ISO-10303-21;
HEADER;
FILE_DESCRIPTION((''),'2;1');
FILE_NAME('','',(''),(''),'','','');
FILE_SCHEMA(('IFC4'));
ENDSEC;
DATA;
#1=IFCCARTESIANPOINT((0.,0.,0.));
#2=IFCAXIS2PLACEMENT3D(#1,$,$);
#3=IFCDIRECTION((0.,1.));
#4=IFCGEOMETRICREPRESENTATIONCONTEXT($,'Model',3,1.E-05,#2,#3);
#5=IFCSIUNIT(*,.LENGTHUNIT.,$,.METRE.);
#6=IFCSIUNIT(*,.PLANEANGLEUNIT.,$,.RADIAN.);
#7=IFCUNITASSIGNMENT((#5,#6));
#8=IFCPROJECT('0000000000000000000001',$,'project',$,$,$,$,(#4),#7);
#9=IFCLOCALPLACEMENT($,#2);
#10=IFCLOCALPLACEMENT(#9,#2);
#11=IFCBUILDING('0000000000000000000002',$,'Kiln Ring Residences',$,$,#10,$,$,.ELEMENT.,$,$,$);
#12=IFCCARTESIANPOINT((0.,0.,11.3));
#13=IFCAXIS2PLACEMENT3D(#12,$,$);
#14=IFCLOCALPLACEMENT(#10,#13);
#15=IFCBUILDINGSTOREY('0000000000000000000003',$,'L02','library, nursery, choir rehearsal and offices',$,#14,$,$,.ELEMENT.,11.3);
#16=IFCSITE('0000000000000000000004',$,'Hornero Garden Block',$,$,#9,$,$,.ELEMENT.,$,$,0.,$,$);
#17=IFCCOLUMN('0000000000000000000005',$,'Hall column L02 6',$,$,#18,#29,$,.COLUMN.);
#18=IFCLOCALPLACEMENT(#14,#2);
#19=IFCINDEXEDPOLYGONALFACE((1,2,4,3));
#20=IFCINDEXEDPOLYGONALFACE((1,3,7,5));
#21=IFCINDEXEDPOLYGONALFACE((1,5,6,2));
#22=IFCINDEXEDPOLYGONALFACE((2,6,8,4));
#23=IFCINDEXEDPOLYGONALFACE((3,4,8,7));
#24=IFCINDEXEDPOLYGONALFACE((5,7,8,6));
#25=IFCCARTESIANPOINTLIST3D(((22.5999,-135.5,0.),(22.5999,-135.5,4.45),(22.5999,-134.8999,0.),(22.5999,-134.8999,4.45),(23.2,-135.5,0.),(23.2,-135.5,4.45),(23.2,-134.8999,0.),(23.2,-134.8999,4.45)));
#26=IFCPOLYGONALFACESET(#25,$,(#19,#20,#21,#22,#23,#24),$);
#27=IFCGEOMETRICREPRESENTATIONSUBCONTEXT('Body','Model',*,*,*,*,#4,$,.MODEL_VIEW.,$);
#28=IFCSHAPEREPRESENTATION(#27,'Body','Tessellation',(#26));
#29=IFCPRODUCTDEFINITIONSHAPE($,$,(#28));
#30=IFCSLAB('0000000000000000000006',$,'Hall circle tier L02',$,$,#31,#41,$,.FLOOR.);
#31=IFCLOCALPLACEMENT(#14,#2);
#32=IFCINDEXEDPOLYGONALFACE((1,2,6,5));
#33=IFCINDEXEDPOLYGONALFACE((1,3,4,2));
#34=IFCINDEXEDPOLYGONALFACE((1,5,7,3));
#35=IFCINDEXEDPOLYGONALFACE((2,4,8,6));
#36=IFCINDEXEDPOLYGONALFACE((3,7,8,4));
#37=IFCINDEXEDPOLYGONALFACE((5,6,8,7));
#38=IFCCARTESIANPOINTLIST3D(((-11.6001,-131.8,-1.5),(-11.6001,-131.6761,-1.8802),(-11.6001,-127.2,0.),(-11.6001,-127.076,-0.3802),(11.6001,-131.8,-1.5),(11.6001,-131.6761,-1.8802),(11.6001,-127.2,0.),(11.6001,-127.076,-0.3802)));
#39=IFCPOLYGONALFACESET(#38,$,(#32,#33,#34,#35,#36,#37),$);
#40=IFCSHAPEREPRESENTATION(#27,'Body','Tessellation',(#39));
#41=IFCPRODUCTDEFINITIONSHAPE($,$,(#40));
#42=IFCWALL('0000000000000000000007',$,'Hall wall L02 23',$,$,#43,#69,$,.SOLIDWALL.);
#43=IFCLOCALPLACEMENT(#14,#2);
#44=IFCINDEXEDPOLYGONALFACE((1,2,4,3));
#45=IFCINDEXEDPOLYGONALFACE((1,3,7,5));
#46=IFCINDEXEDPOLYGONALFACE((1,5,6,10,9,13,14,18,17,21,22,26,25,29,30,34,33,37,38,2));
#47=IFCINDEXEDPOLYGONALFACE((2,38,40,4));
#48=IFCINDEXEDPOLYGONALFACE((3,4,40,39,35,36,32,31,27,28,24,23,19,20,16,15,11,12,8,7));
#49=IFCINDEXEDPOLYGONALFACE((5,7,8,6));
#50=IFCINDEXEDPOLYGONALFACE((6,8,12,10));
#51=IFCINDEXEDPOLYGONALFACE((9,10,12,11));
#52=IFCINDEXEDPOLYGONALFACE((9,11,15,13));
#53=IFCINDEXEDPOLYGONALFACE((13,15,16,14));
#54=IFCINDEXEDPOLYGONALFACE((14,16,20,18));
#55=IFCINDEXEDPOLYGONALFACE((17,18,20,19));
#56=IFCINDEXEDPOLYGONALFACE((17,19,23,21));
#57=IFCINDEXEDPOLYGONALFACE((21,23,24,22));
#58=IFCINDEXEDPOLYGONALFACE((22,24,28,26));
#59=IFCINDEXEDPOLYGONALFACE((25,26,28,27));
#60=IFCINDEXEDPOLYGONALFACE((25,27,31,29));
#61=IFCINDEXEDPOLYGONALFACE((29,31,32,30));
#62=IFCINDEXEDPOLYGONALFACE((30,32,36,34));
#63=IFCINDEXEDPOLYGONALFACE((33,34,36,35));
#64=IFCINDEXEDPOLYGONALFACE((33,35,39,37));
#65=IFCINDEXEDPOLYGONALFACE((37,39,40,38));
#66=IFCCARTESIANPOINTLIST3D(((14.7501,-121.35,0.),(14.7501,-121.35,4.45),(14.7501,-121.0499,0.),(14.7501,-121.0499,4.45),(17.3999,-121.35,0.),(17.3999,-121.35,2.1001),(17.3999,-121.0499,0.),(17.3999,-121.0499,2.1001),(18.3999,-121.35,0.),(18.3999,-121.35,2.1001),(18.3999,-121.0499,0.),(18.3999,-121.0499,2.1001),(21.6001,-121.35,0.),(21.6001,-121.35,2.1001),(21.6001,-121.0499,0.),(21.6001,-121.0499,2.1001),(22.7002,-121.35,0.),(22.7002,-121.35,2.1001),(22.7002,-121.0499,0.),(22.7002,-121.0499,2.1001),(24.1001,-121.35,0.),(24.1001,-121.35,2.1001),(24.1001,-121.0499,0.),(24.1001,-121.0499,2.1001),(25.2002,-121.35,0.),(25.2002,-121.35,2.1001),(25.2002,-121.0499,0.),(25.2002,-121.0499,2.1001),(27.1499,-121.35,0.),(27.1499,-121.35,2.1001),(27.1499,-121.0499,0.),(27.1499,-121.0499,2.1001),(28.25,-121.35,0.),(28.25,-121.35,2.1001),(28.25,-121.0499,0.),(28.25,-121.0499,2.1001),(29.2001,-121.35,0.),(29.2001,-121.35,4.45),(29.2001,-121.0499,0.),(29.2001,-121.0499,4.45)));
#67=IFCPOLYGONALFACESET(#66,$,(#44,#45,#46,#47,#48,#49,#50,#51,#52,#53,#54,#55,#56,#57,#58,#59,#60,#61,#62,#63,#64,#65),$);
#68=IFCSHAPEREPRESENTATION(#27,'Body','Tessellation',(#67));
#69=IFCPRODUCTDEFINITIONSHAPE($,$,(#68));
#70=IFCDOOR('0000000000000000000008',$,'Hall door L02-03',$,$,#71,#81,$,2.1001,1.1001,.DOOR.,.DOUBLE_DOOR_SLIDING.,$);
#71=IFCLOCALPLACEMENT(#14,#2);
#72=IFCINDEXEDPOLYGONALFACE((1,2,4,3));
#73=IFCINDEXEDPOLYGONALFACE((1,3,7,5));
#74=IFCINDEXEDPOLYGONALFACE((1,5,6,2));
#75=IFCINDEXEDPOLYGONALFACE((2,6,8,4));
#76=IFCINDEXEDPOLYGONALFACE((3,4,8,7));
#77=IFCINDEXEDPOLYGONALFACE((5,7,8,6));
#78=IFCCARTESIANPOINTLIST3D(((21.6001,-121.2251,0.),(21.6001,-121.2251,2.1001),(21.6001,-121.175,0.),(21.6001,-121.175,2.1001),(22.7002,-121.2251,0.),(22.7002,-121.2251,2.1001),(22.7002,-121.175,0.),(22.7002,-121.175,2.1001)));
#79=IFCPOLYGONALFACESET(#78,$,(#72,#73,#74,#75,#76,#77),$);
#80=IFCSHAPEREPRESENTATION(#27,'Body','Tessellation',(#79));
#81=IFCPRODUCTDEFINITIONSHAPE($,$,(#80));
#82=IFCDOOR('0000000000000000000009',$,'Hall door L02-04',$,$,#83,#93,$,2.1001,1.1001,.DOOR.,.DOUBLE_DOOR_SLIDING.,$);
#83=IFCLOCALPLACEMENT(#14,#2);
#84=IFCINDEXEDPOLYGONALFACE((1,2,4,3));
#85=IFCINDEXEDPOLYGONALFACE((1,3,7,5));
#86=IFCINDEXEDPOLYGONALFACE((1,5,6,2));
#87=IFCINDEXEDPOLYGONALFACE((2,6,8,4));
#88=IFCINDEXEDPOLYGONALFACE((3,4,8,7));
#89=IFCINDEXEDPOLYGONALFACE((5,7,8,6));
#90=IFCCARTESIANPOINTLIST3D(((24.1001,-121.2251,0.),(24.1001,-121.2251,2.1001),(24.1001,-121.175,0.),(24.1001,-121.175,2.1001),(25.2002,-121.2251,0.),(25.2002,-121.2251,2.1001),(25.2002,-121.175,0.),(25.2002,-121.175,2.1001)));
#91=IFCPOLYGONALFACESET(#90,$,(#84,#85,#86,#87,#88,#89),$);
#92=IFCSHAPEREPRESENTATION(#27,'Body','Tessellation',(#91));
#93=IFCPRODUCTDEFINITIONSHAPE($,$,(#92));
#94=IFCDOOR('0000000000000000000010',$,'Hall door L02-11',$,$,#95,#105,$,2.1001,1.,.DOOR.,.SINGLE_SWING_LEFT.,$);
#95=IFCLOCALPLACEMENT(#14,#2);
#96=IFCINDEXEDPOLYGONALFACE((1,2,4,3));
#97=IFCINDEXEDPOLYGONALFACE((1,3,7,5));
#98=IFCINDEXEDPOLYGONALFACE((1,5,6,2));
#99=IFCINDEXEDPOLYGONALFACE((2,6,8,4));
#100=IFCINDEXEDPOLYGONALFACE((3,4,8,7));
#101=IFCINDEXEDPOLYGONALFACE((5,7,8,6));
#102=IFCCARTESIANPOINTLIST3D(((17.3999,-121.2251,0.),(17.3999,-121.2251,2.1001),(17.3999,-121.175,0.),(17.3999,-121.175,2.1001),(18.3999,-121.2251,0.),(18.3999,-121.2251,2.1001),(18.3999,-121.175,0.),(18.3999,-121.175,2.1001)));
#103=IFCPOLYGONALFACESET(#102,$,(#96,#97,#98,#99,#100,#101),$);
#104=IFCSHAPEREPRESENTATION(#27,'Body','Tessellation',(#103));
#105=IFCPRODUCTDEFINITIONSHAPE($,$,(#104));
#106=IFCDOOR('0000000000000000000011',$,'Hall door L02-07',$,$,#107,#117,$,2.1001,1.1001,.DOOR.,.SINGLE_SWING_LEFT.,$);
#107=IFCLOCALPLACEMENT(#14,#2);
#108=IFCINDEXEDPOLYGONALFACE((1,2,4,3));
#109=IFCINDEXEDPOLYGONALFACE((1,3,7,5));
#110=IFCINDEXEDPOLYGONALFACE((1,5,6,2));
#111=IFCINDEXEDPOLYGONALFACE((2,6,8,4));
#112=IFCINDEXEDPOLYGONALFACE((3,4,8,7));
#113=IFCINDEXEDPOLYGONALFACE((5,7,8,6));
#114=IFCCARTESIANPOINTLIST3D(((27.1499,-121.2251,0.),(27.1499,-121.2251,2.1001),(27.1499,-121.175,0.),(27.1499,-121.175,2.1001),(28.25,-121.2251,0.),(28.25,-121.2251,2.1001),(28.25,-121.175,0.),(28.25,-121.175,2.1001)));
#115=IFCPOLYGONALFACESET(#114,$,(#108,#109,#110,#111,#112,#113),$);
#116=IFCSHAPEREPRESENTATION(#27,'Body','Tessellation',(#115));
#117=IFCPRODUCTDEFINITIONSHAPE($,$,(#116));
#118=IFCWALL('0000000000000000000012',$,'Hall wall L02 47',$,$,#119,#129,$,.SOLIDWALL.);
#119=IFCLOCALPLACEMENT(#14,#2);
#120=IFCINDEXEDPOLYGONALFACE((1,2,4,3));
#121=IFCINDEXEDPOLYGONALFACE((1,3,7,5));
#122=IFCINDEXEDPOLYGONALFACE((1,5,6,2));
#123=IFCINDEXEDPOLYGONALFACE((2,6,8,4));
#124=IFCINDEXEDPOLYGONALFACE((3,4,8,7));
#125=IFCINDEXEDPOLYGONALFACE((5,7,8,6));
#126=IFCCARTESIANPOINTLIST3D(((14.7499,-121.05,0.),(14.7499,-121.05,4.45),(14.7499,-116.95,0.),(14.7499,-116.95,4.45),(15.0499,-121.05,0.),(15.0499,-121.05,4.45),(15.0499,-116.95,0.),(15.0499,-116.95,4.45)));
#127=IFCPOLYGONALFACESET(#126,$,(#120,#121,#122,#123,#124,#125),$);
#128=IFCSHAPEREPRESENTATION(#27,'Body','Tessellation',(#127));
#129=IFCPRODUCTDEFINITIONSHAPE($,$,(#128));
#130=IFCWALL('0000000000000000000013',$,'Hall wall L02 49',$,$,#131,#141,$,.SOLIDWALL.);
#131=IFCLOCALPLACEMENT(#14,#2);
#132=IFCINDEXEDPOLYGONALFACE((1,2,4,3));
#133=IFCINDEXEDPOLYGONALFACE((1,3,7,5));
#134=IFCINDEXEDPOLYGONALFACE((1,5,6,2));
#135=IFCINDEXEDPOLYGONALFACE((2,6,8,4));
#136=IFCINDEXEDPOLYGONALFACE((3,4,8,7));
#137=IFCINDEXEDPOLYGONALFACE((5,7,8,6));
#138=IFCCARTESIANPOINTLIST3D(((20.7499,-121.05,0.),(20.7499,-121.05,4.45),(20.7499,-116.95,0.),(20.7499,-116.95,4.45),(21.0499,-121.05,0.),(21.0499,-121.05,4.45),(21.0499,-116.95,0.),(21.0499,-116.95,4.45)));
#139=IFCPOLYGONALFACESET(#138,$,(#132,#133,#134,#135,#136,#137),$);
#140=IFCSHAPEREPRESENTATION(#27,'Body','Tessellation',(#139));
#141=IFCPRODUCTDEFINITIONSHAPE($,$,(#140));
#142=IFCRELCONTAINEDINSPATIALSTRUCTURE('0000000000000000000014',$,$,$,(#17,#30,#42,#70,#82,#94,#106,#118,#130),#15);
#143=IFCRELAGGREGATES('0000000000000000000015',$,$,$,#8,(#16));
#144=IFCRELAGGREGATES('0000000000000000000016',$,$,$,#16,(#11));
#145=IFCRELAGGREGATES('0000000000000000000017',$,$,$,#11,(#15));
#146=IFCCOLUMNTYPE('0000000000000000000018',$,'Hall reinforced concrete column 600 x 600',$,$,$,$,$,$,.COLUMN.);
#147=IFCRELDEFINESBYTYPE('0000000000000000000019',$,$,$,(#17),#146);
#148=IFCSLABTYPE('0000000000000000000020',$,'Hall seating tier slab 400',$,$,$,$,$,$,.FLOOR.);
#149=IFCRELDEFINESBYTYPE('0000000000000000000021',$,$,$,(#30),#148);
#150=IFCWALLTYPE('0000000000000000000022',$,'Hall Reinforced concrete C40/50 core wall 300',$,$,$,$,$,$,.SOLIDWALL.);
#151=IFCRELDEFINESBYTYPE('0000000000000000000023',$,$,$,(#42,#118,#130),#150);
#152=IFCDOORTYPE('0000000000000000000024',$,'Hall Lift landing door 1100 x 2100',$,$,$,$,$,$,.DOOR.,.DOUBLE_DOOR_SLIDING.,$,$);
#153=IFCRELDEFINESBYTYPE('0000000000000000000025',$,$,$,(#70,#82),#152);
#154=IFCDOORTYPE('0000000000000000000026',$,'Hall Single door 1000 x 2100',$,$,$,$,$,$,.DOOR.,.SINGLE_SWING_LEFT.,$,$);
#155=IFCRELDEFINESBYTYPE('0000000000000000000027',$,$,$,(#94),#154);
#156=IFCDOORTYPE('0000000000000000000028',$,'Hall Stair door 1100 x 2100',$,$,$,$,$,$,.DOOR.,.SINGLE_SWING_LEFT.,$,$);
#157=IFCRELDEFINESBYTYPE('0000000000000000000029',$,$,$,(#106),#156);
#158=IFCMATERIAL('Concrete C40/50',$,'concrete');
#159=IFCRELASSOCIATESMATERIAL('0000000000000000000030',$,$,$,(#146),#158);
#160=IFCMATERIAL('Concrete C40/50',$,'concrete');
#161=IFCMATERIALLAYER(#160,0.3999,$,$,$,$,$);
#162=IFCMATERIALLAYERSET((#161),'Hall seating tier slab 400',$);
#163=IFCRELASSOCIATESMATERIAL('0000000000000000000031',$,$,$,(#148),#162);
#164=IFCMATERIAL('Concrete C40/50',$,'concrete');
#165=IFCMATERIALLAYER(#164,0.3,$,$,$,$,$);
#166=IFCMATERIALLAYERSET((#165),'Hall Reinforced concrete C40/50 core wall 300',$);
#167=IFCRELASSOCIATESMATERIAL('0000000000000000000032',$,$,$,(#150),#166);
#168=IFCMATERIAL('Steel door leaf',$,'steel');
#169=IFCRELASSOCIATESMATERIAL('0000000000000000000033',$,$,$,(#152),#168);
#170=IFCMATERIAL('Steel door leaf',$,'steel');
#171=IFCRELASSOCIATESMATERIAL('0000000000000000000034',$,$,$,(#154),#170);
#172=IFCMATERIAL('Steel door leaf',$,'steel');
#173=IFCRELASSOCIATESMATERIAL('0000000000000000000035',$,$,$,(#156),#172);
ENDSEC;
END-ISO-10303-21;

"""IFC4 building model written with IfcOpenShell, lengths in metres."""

from ifc_helpers import new_model, si_unit, direction, frame, frame_2d, origin, origin_2d, place, context, subcontext, project, spatial, polyline, rectangle, outline, extrude, material, layer, layer_set, material_profile, profile_set, type_object, element, fill, save


model = new_model("IFC4")

# Units and contexts
model_context = context("Model", 3, precision=1e-05, world=origin(), true_north=direction((0.0, 1.0)))
body_context = subcontext(model_context, "Body", "Model", "MODEL_VIEW")
ifc_project = project(units=[si_unit("LENGTHUNIT", "METRE"), si_unit("PLANEANGLEUNIT", "RADIAN")], contexts=[model_context])

# Site, building, storey
site_placement = place(None, origin())
site = spatial("IfcSite", under=ifc_project, at=site_placement, Name="Hornero Garden Block", CompositionType="ELEMENT", RefElevation=0.0)
building_placement = place(site_placement, origin())
building = spatial("IfcBuilding", under=site, at=building_placement, Name="Kiln Ring Residences", CompositionType="ELEMENT")
storey_placement = place(building_placement, frame((0.0, 0.0, 11.3)))
storey = spatial("IfcBuildingStorey", under=building, at=storey_placement, Name="L02", Description="library, nursery, choir rehearsal and offices", CompositionType="ELEMENT", Elevation=11.3)

# Column
ifc_material_1 = material(Name="Concrete C40/50", Category="concrete")
ifc_material_profile = material_profile(ifc_material_1, rectangle(XDim=0.6001, YDim=0.6001, at=origin_2d()), Name="Hall reinforced concrete column 600 x 600")
ifc_profile_set = profile_set([ifc_material_profile], Name="Concrete C40/50")
column_type = type_object("IfcColumnType", Name="Hall reinforced concrete column 600 x 600", PredefinedType="COLUMN", material=ifc_profile_set)
column_placement = place(storey_placement, frame((22.8999, -135.2, 0.0), z_axis=(0.0, 0.0, 1.0), x_axis=(1.0, 0.0, 0.0)))
element("IfcColumn", 1, at=column_placement, inside=storey, type_object=column_type, Name="Hall column L02 6", PredefinedType="COLUMN", context=body_context, shape_type="SweptSolid", body=[
    extrude(rectangle(XDim=0.6001, YDim=0.6001, at=origin_2d()), origin(), (0.0, 0.0, 1.0), 4.45),
])

# Slab
ifc_material_2 = material(Name="Concrete C40/50", Category="concrete")
ifc_layer_1 = layer(ifc_material_2, 0.3999)
ifc_layer_set_1 = layer_set([ifc_layer_1], Name="Hall seating tier slab 400")
slab_type = type_object("IfcSlabType", Name="Hall seating tier slab 400", PredefinedType="FLOOR", material=ifc_layer_set_1)
slab_placement = place(storey_placement, frame((-11.6001, -131.8, -1.5), z_axis=(0.0, -0.310015, 0.950732), x_axis=(1.0, 0.0, 0.0)))
element("IfcSlab", 2, at=slab_placement, inside=storey, type_object=slab_type, Name="Hall circle tier L02", PredefinedType="FLOOR", context=body_context, shape_type="SweptSolid", body=[
    extrude(outline(polyline([(0.0, 0.0), (23.2002, 0.0), (23.2002, 4.8385), (0.0, 4.8385), (0.0, 0.0)])), origin(), (0.0, 0.0, -1.0), 0.3999),
])

# Wall, openings, doors
ifc_material_3 = material(Name="Concrete C40/50", Category="concrete")
ifc_layer_2 = layer(ifc_material_3, 0.3)
ifc_layer_set_2 = layer_set([ifc_layer_2], Name="Hall Reinforced concrete C40/50 core wall 300")
wall_type_1 = type_object("IfcWallType", Name="Hall Reinforced concrete C40/50 core wall 300", PredefinedType="SOLIDWALL", material=ifc_layer_set_2)
wall_1_placement = place(storey_placement, frame((14.75, -121.2, 0.0), z_axis=(0.0, 0.0, 1.0), x_axis=(1.0, 0.0, 0.0)))
wall_1 = element("IfcWall", 3, at=wall_1_placement, inside=storey, type_object=wall_type_1, Name="Hall wall L02 23", PredefinedType="SOLIDWALL", context=body_context, shape_type="SweptSolid", body=[
    extrude(rectangle(XDim=14.45, YDim=0.3, at=frame_2d((7.2251, 0.0))), origin(), (0.0, 0.0, 1.0), 4.45),
])
opening_1_placement = place(wall_1_placement, frame((6.8501, 0.0, 0.0)))
opening_1 = element("IfcOpeningElement", 4, at=opening_1_placement, cuts=wall_1, PredefinedType="OPENING", context=body_context, shape_type="SweptSolid", body=[
    extrude(rectangle(XDim=1.1001, YDim=2.1001, at=frame_2d((0.55, 1.05))), frame((0.0, 0.1599, 0.0), z_axis=(0.0, -1.0, 0.0), x_axis=(1.0, 0.0, 0.0)), (0.0, 0.0, 1.0), 0.3201),
])
opening_2_placement = place(wall_1_placement, frame((9.3501, 0.0, 0.0)))
opening_2 = element("IfcOpeningElement", 5, at=opening_2_placement, cuts=wall_1, PredefinedType="OPENING", context=body_context, shape_type="SweptSolid", body=[
    extrude(rectangle(XDim=1.1001, YDim=2.1001, at=frame_2d((0.55, 1.05))), frame((0.0, 0.1599, 0.0), z_axis=(0.0, -1.0, 0.0), x_axis=(1.0, 0.0, 0.0)), (0.0, 0.0, 1.0), 0.3201),
])
opening_3_placement = place(wall_1_placement, frame((12.3999, 0.0, 0.0)))
opening_3 = element("IfcOpeningElement", 6, at=opening_3_placement, cuts=wall_1, PredefinedType="OPENING", context=body_context, shape_type="SweptSolid", body=[
    extrude(rectangle(XDim=1.1001, YDim=2.1001, at=frame_2d((0.55, 1.05))), frame((0.0, 0.1599, 0.0), z_axis=(0.0, -1.0, 0.0), x_axis=(1.0, 0.0, 0.0)), (0.0, 0.0, 1.0), 0.3201),
])
opening_4_placement = place(wall_1_placement, frame((2.6499, 0.0, 0.0)))
opening_4 = element("IfcOpeningElement", 7, at=opening_4_placement, cuts=wall_1, PredefinedType="OPENING", context=body_context, shape_type="SweptSolid", body=[
    extrude(rectangle(XDim=1.0, YDim=2.1001, at=frame_2d((0.5, 1.05))), frame((0.0, 0.1599, 0.0), z_axis=(0.0, -1.0, 0.0), x_axis=(1.0, 0.0, 0.0)), (0.0, 0.0, 1.0), 0.3201),
])
ifc_material_4 = material(Name="Steel door leaf", Category="steel")
door_type_1 = type_object("IfcDoorType", Name="Hall Lift landing door 1100 x 2100", OperationType="DOUBLE_DOOR_SLIDING", PredefinedType="DOOR", material=ifc_material_4)
door_1_placement = place(opening_1_placement, origin())
door_1 = element("IfcDoor", 8, at=door_1_placement, inside=storey, type_object=door_type_1, Name="Hall door L02-03", OperationType="DOUBLE_DOOR_SLIDING", OverallHeight=2.1001, OverallWidth=1.1001, PredefinedType="DOOR", context=body_context, shape_type="SweptSolid", body=[
    extrude(rectangle(XDim=1.1001, YDim=2.1001, at=frame_2d((0.55, 1.05))), frame((0.0, 0.0249, 0.0), z_axis=(0.0, -1.0, 0.0), x_axis=(1.0, 0.0, 0.0)), (0.0, 0.0, 1.0), 0.05),
])
fill(opening_1, door_1)
door_2_placement = place(opening_2_placement, origin())
door_2 = element("IfcDoor", 9, at=door_2_placement, inside=storey, type_object=door_type_1, Name="Hall door L02-04", OperationType="DOUBLE_DOOR_SLIDING", OverallHeight=2.1001, OverallWidth=1.1001, PredefinedType="DOOR", context=body_context, shape_type="SweptSolid", body=[
    extrude(rectangle(XDim=1.1001, YDim=2.1001, at=frame_2d((0.55, 1.05))), frame((0.0, 0.0249, 0.0), z_axis=(0.0, -1.0, 0.0), x_axis=(1.0, 0.0, 0.0)), (0.0, 0.0, 1.0), 0.05),
])
fill(opening_2, door_2)
ifc_material_5 = material(Name="Steel door leaf", Category="steel")
door_type_2 = type_object("IfcDoorType", Name="Hall Single door 1000 x 2100", OperationType="SINGLE_SWING_LEFT", PredefinedType="DOOR", material=ifc_material_5)
door_3_placement = place(opening_4_placement, origin())
door_3 = element("IfcDoor", 10, at=door_3_placement, inside=storey, type_object=door_type_2, Name="Hall door L02-11", OperationType="SINGLE_SWING_LEFT", OverallHeight=2.1001, OverallWidth=1.0, PredefinedType="DOOR", context=body_context, shape_type="SweptSolid", body=[
    extrude(rectangle(XDim=1.0, YDim=2.1001, at=frame_2d((0.5, 1.05))), frame((0.0, 0.0249, 0.0), z_axis=(0.0, -1.0, 0.0), x_axis=(1.0, 0.0, 0.0)), (0.0, 0.0, 1.0), 0.05),
])
fill(opening_4, door_3)
ifc_material_6 = material(Name="Steel door leaf", Category="steel")
door_type_3 = type_object("IfcDoorType", Name="Hall Stair door 1100 x 2100", OperationType="SINGLE_SWING_LEFT", PredefinedType="DOOR", material=ifc_material_6)
door_4_placement = place(opening_3_placement, origin())
door_4 = element("IfcDoor", 11, at=door_4_placement, inside=storey, type_object=door_type_3, Name="Hall door L02-07", OperationType="SINGLE_SWING_LEFT", OverallHeight=2.1001, OverallWidth=1.1001, PredefinedType="DOOR", context=body_context, shape_type="SweptSolid", body=[
    extrude(rectangle(XDim=1.1001, YDim=2.1001, at=frame_2d((0.55, 1.05))), frame((0.0, 0.0249, 0.0), z_axis=(0.0, -1.0, 0.0), x_axis=(1.0, 0.0, 0.0)), (0.0, 0.0, 1.0), 0.05),
])
fill(opening_3, door_4)

# Walls
for number, where, z_axis, x_axis, name in (
    (12, (14.8999, -121.05, 0.0), (0.0, 0.0, 1.0), (0.0, 1.0, 0.0), "Hall wall L02 47"),
    (13, (20.8999, -121.05, 0.0), (0.0, 0.0, 1.0), (0.0, 1.0, 0.0), "Hall wall L02 49"),
):
    element("IfcWall", number, at=place(storey_placement, frame(where, z_axis=z_axis, x_axis=x_axis)), inside=storey, type_object=wall_type_1, Name=name, PredefinedType="SOLIDWALL", context=body_context, shape_type="SweptSolid", body=[
        extrude(rectangle(XDim=4.1001, YDim=0.3, at=frame_2d((2.05, 0.0))), origin(), (0.0, 0.0, 1.0), 4.45),
    ])

save(model, "model.ifc")
